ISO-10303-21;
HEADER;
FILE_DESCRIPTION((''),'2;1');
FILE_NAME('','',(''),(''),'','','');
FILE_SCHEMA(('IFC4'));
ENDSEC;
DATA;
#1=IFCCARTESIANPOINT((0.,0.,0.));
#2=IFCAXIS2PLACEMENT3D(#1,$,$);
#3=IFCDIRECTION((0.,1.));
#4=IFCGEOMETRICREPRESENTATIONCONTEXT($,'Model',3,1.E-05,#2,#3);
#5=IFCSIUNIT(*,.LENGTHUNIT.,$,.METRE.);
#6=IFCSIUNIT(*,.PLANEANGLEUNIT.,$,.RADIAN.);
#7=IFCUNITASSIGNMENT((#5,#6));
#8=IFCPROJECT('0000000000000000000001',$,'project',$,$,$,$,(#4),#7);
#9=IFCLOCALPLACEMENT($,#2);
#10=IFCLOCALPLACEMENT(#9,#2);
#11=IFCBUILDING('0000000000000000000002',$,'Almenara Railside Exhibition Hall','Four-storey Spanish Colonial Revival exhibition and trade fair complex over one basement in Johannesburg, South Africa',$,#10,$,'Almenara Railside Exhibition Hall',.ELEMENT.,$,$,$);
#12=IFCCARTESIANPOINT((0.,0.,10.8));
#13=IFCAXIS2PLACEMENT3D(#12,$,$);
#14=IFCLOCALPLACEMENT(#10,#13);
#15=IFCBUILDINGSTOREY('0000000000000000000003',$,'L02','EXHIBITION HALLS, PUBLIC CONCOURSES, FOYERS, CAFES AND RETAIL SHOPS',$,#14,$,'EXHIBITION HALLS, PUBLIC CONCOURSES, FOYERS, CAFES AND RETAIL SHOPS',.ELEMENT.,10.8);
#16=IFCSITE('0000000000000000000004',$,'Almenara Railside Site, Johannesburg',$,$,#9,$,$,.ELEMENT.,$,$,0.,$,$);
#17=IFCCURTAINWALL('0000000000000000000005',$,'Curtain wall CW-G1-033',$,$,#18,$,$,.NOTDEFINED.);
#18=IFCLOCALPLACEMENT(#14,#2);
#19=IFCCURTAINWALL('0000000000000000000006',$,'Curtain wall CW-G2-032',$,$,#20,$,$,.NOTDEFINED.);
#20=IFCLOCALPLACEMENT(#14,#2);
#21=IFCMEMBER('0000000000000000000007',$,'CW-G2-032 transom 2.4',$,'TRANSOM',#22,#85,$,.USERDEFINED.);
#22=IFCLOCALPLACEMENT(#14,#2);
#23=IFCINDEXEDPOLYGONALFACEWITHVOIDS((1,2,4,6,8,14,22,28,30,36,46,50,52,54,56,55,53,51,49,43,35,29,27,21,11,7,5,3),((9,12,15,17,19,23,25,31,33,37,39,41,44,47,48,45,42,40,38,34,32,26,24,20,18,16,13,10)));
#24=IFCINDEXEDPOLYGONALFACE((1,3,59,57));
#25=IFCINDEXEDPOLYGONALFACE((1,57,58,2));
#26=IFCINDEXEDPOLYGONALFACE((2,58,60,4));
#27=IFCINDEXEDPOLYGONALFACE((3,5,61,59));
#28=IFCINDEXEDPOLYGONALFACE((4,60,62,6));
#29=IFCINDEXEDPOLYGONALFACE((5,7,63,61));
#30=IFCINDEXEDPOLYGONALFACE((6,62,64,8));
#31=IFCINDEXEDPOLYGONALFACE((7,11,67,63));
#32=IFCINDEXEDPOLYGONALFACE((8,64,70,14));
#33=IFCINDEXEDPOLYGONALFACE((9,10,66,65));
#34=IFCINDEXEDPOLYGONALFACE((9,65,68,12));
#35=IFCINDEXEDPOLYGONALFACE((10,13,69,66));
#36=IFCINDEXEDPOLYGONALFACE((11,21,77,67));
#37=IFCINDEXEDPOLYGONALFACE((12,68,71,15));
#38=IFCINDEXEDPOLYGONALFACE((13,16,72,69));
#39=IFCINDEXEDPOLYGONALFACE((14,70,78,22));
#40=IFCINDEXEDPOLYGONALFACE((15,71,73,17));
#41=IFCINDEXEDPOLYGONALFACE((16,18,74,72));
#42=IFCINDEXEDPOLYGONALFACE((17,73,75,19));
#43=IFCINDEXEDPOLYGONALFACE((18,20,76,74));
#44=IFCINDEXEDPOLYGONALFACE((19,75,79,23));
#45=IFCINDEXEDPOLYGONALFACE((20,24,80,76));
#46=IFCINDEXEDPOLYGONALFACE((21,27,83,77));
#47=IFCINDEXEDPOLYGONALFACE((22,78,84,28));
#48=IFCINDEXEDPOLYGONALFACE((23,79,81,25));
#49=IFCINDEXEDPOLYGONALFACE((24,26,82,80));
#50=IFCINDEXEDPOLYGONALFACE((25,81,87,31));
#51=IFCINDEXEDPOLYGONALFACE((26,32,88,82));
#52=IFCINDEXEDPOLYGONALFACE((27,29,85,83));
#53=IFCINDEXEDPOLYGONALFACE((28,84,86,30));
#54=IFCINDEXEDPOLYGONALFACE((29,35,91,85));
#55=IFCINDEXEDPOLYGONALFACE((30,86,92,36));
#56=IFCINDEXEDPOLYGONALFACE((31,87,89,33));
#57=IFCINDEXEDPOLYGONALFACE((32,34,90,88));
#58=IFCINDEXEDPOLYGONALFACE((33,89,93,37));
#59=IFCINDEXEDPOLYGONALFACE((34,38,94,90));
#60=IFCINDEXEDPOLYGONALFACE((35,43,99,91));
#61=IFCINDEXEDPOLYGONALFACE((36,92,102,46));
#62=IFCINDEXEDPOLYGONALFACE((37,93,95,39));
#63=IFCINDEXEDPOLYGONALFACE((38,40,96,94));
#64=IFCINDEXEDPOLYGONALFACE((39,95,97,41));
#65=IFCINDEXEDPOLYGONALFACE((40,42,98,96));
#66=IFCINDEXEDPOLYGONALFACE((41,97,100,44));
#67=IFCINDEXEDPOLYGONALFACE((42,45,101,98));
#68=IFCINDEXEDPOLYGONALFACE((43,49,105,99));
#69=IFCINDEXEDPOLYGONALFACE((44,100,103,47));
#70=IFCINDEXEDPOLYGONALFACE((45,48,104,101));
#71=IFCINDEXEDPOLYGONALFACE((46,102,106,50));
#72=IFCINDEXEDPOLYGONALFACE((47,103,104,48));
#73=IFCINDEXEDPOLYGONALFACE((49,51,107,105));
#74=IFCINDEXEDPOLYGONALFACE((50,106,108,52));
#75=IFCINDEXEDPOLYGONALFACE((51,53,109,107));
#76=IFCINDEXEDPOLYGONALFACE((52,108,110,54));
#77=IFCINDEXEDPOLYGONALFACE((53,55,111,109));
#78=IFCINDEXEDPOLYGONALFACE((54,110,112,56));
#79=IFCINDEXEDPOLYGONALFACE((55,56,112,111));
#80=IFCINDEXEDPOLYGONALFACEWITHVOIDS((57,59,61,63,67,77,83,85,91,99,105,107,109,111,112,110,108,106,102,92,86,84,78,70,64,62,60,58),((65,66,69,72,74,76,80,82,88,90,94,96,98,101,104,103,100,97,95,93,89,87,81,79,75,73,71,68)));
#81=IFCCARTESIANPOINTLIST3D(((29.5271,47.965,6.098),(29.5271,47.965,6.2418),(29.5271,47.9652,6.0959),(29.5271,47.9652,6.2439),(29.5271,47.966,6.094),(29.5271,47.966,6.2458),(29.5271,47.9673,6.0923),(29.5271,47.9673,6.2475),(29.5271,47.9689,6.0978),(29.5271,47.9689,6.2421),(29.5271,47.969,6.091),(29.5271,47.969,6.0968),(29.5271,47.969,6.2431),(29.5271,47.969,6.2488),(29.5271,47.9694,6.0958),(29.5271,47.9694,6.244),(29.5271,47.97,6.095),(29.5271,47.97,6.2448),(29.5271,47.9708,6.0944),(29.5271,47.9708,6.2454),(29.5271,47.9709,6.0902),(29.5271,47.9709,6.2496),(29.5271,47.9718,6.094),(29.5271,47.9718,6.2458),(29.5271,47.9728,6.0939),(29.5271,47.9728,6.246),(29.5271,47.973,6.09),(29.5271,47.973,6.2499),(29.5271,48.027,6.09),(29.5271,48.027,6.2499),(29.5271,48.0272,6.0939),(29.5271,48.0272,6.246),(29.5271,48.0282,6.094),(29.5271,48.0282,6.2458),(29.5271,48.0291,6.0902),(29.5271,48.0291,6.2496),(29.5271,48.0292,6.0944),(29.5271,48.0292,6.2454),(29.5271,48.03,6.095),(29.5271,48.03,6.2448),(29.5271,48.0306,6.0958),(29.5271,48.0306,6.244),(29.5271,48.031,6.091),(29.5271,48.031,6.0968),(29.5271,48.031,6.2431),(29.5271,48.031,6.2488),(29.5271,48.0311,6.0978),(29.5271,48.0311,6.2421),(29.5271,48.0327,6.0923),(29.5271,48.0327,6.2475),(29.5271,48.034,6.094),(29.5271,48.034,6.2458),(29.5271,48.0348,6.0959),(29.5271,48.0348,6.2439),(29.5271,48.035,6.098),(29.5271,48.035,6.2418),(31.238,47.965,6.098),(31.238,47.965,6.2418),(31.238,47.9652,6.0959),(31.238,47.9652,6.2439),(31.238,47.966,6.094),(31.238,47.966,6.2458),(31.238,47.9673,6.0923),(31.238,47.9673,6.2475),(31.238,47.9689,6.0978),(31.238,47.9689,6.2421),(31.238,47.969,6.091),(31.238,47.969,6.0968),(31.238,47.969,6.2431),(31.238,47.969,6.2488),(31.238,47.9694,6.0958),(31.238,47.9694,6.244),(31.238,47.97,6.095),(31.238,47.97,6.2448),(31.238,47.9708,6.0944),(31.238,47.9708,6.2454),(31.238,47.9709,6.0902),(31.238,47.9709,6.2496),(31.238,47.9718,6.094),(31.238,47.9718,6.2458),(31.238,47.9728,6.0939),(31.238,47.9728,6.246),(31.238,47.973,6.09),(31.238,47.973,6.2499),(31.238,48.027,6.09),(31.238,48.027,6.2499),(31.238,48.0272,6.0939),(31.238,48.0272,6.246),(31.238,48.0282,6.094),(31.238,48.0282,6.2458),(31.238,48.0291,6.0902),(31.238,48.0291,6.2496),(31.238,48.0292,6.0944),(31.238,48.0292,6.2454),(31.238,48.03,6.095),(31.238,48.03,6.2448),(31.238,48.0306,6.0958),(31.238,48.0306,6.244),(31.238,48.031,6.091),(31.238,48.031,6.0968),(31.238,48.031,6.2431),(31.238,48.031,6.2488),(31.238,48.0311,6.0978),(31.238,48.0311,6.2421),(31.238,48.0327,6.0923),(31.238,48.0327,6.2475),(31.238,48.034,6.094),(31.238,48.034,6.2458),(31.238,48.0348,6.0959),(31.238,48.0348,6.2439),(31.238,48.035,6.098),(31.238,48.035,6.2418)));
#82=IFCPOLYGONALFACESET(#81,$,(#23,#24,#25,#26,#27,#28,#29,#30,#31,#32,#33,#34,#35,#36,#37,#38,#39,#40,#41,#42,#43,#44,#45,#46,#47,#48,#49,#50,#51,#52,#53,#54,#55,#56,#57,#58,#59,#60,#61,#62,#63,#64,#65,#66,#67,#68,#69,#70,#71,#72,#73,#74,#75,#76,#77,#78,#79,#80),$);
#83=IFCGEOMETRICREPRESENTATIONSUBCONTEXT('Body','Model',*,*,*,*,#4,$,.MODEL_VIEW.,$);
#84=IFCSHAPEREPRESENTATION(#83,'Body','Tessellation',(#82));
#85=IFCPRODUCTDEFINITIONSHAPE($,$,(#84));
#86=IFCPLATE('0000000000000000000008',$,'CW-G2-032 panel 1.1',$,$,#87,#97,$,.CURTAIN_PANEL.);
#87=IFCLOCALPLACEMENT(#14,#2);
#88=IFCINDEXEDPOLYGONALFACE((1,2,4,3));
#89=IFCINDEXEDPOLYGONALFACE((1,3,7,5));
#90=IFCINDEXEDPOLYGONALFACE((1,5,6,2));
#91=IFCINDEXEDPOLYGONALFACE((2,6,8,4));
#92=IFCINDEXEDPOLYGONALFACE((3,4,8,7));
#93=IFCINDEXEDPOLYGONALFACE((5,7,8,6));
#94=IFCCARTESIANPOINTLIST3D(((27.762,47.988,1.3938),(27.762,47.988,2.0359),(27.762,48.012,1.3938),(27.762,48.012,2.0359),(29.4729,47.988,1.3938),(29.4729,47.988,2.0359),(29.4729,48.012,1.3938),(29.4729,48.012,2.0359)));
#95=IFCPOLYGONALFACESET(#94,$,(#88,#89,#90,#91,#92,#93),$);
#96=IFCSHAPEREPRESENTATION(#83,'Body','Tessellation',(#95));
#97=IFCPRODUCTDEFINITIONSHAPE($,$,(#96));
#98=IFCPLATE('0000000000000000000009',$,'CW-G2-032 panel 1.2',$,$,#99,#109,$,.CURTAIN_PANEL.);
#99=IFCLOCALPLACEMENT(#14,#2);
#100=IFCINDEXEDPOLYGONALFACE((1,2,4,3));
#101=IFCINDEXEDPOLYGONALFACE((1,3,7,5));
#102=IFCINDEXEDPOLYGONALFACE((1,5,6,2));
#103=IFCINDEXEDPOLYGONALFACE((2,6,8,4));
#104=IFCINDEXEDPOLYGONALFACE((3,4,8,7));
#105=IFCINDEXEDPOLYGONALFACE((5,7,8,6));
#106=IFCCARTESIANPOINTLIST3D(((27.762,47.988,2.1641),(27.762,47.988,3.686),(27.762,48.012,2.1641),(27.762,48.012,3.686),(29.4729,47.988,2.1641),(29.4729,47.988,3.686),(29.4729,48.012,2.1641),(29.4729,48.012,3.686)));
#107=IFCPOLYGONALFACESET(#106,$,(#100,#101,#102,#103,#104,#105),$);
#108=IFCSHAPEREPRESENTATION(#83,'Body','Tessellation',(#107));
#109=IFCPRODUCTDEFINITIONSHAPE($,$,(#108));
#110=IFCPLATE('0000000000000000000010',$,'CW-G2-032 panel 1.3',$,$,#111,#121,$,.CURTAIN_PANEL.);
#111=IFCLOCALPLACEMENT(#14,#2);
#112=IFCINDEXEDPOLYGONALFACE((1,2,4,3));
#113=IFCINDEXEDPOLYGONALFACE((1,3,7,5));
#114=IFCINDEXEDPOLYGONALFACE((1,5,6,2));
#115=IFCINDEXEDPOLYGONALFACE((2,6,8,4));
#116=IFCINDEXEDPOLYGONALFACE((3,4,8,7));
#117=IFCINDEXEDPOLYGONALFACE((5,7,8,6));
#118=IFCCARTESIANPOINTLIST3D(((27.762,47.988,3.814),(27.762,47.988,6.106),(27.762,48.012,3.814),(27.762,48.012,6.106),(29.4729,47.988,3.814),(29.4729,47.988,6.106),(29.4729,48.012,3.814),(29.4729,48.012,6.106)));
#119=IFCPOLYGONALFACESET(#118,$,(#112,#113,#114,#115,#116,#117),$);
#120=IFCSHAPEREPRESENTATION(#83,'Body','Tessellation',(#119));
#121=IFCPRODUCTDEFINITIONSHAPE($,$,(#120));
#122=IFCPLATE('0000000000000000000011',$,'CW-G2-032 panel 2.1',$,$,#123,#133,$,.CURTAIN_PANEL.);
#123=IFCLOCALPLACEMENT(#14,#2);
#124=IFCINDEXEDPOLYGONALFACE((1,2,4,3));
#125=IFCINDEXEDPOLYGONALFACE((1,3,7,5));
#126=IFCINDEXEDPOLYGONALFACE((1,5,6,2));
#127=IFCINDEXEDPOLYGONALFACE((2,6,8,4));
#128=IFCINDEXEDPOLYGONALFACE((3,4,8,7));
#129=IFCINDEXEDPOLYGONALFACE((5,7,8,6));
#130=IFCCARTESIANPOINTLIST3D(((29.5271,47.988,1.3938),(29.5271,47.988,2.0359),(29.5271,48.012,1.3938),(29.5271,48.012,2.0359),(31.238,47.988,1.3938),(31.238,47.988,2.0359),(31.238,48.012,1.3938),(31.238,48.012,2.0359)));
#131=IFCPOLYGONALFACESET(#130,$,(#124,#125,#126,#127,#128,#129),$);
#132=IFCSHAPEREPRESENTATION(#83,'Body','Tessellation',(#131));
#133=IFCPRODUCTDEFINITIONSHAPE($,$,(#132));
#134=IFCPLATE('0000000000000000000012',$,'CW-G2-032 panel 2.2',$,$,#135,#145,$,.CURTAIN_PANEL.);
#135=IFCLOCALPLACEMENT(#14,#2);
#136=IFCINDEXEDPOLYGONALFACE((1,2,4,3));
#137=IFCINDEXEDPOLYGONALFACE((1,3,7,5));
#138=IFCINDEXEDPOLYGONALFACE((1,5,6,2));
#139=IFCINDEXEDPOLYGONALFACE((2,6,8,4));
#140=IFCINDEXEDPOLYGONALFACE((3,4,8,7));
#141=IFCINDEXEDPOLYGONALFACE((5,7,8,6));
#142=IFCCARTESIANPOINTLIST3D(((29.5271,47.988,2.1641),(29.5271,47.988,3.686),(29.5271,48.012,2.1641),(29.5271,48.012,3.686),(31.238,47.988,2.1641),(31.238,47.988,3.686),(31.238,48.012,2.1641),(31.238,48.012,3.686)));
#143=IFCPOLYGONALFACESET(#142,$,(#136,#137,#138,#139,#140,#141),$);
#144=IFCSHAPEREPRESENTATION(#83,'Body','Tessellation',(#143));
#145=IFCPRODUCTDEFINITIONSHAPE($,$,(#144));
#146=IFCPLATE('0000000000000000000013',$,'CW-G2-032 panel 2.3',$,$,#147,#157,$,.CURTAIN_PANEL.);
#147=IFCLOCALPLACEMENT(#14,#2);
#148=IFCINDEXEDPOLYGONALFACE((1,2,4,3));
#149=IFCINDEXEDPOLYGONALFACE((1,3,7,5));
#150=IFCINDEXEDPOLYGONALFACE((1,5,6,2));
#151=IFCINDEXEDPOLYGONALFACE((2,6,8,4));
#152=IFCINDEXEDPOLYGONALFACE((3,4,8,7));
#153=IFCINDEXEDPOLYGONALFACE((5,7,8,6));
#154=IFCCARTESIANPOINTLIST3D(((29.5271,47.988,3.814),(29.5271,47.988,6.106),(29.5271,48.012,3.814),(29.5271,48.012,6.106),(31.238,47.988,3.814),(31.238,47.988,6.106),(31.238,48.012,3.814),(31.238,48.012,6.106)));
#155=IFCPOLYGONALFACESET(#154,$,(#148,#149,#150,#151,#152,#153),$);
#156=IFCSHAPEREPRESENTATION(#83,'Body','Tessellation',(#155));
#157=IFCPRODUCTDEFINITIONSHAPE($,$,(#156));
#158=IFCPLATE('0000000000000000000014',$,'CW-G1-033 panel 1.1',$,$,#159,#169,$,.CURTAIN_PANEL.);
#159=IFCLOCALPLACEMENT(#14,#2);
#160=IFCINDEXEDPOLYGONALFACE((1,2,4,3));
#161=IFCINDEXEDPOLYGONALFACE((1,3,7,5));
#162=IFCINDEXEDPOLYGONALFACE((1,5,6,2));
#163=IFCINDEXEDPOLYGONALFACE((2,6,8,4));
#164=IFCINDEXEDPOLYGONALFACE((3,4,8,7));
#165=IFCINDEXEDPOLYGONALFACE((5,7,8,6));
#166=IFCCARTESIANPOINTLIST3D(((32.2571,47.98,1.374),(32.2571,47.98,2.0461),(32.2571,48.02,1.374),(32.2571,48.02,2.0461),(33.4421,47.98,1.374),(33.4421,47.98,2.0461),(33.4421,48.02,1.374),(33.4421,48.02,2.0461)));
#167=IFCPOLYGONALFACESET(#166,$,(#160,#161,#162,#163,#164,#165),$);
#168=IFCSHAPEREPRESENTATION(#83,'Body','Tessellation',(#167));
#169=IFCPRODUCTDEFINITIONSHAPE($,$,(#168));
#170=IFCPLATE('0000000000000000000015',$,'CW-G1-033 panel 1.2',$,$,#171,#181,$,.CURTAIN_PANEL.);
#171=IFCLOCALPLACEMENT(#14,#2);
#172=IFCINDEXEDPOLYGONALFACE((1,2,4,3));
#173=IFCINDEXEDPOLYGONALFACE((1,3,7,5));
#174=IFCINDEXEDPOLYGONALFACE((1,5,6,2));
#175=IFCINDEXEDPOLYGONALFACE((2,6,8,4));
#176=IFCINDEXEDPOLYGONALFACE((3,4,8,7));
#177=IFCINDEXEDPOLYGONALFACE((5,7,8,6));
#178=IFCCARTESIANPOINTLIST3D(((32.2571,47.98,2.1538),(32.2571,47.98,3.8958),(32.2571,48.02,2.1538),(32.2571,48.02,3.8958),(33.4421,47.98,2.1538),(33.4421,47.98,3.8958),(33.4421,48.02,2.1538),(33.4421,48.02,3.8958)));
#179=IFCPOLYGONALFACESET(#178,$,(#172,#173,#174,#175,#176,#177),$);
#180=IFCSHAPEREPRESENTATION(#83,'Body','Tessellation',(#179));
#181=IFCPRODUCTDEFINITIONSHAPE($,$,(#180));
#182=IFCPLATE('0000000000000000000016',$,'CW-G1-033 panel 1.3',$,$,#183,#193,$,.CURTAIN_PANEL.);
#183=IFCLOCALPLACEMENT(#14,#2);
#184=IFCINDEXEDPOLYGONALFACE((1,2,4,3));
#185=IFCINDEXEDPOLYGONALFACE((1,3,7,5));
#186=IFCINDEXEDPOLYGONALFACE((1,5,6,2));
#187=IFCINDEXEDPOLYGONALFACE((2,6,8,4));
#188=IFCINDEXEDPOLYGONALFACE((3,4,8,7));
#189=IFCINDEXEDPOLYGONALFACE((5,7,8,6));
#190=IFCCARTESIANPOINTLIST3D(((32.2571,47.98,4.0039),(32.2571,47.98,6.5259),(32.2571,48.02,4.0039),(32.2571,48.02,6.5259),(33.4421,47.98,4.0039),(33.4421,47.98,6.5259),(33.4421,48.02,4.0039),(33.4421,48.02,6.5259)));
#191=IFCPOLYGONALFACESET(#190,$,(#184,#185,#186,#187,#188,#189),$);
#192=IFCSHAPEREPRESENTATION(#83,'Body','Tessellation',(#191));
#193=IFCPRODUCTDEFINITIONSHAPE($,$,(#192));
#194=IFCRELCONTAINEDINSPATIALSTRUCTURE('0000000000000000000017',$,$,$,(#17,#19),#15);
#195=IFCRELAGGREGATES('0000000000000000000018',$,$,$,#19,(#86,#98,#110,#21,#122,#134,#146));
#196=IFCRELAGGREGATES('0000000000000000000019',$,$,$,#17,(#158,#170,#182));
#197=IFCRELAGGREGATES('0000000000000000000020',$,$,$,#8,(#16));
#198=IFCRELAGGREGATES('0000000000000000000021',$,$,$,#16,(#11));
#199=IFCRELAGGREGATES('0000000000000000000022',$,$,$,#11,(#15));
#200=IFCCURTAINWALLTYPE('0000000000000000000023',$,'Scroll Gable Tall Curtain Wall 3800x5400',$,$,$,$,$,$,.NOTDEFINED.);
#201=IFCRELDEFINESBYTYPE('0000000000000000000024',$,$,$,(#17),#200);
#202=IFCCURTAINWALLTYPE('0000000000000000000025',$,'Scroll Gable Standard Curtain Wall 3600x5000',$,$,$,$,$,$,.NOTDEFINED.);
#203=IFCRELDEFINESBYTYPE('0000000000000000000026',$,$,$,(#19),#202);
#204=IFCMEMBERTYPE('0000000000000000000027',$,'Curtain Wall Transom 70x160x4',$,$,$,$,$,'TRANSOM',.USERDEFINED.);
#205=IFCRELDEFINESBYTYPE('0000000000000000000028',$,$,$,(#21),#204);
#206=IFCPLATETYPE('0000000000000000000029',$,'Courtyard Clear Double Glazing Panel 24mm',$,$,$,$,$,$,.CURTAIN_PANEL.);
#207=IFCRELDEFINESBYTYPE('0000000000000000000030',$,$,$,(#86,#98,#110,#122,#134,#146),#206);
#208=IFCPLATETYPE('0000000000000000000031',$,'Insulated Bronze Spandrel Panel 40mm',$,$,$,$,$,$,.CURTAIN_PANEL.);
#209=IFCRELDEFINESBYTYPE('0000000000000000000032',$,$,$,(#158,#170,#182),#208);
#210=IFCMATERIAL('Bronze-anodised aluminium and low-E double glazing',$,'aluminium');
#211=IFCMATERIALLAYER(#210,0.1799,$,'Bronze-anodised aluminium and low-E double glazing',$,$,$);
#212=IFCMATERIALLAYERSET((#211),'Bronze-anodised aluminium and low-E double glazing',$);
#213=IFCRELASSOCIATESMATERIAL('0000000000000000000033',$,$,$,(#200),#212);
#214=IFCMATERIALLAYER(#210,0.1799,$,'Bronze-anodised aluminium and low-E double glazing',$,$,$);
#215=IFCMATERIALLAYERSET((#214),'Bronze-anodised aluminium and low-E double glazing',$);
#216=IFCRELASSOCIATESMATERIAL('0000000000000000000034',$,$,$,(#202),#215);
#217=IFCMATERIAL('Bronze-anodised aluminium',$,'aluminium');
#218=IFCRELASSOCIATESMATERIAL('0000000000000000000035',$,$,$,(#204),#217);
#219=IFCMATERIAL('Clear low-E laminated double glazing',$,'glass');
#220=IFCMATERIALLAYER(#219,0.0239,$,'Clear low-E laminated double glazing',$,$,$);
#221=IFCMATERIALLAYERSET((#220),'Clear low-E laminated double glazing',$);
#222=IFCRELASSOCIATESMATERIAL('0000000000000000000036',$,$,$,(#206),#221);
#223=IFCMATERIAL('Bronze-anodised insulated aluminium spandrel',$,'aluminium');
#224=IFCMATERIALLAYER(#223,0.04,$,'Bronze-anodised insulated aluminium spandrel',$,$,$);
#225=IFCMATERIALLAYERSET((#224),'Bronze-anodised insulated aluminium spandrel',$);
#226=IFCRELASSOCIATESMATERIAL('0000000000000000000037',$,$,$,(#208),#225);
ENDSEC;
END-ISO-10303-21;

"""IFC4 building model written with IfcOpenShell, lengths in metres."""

from ifc_helpers import new_model, si_unit, direction, frame, origin, origin_2d, place, context, subcontext, project, spatial, rectangle, hollow_rectangle, extrude, material, layer, layer_set, material_profile, profile_set, type_object, element, aggregate, save


model = new_model("IFC4")

# Units and contexts
model_context = context("Model", 3, precision=1e-05, world=origin(), true_north=direction((0.0, 1.0)))
body_context = subcontext(model_context, "Body", "Model", "MODEL_VIEW")
ifc_project = project(units=[si_unit("LENGTHUNIT", "METRE"), si_unit("PLANEANGLEUNIT", "RADIAN")], contexts=[model_context])

# Site, building, storey
site_placement = place(None, origin())
site = spatial("IfcSite", under=ifc_project, at=site_placement, Name="Almenara Railside Site, Johannesburg", CompositionType="ELEMENT", RefElevation=0.0)
building_placement = place(site_placement, origin())
building = spatial("IfcBuilding", under=site, at=building_placement, Name="Almenara Railside Exhibition Hall", Description="Four-storey Spanish Colonial Revival exhibition and trade fair complex over one basement in Johannesburg, South Africa", LongName="Almenara Railside Exhibition Hall", CompositionType="ELEMENT")
storey_placement = place(building_placement, frame((0.0, 0.0, 10.8)))
storey = spatial("IfcBuildingStorey", under=building, at=storey_placement, Name="L02", Description="EXHIBITION HALLS, PUBLIC CONCOURSES, FOYERS, CAFES AND RETAIL SHOPS", LongName="EXHIBITION HALLS, PUBLIC CONCOURSES, FOYERS, CAFES AND RETAIL SHOPS", CompositionType="ELEMENT", Elevation=10.8)

# Curtain walls
ifc_material_1 = material(Name="Bronze-anodised aluminium and low-E double glazing", Category="aluminium")
ifc_layer_1 = layer(ifc_material_1, 0.1799, Name="Bronze-anodised aluminium and low-E double glazing")
ifc_layer_set_1 = layer_set([ifc_layer_1], Name="Bronze-anodised aluminium and low-E double glazing")
curtain_wall_type_1 = type_object("IfcCurtainWallType", Name="Scroll Gable Tall Curtain Wall 3800x5400", PredefinedType="NOTDEFINED", material=ifc_layer_set_1)
curtain_wall_1_placement = place(storey_placement, origin())
curtain_wall_1 = element("IfcCurtainWall", 1, at=curtain_wall_1_placement, inside=storey, type_object=curtain_wall_type_1, Name="Curtain wall CW-G1-033", PredefinedType="NOTDEFINED")
ifc_material_2 = material(Name="Bronze-anodised aluminium", Category="aluminium")
ifc_layer_2 = layer(ifc_material_1, 0.1799, Name="Bronze-anodised aluminium and low-E double glazing")
ifc_layer_set_2 = layer_set([ifc_layer_2], Name="Bronze-anodised aluminium and low-E double glazing")
curtain_wall_type_2 = type_object("IfcCurtainWallType", Name="Scroll Gable Standard Curtain Wall 3600x5000", PredefinedType="NOTDEFINED", material=ifc_layer_set_2)
curtain_wall_2_placement = place(storey_placement, origin())
curtain_wall_2 = element("IfcCurtainWall", 2, at=curtain_wall_2_placement, inside=storey, type_object=curtain_wall_type_2, Name="Curtain wall CW-G2-032", PredefinedType="NOTDEFINED")

# Member
ifc_material_profile_1 = material_profile(ifc_material_2, hollow_rectangle(XDim=0.0701, YDim=0.1599, WallThickness=0.0039, InnerFilletRadius=0.0039, OuterFilletRadius=0.0081, at=origin_2d()), Name="ALU-TRN 70x160x4")
ifc_profile_set_1 = profile_set([ifc_material_profile_1], Name="Bronze-anodised aluminium")
member_type_1 = type_object("IfcMemberType", Name="Curtain Wall Transom 70x160x4", ElementType="TRANSOM", PredefinedType="USERDEFINED", material=ifc_profile_set_1)
member_1_placement = place(storey_placement, frame((29.5271, 48.0, 6.1699), z_axis=(1.0, 0.0, 0.0), x_axis=(0.0, 1.0, 0.0)))
member_1 = element("IfcMember", 3, at=member_1_placement, type_object=member_type_1, Name="CW-G2-032 transom 2.4", ObjectType="TRANSOM", PredefinedType="USERDEFINED", context=body_context, shape_type="SweptSolid", body=[
    extrude(hollow_rectangle(XDim=0.0701, YDim=0.1599, WallThickness=0.0039, InnerFilletRadius=0.0039, OuterFilletRadius=0.0081, at=origin_2d()), origin(), (0.0, 0.0, 1.0), 1.7109),
])

# Plates
ifc_material_3 = material(Name="Clear low-E laminated double glazing", Category="glass")
ifc_layer_3 = layer(ifc_material_3, 0.0239, Name="Clear low-E laminated double glazing")
ifc_layer_set_3 = layer_set([ifc_layer_3], Name="Clear low-E laminated double glazing")
plate_type_1 = type_object("IfcPlateType", Name="Courtyard Clear Double Glazing Panel 24mm", PredefinedType="CURTAIN_PANEL", material=ifc_layer_set_3)
plate_1_placement = place(storey_placement, frame((28.6174, 48.0, 1.3938), z_axis=(0.0, 0.0, 1.0), x_axis=(1.0, 0.0, 0.0)))
plate_1 = element("IfcPlate", 4, at=plate_1_placement, type_object=plate_type_1, Name="CW-G2-032 panel 1.1", PredefinedType="CURTAIN_PANEL", context=body_context, shape_type="SweptSolid", body=[
    extrude(rectangle(XDim=1.7109, YDim=0.0239, at=origin_2d()), origin(), (0.0, 0.0, 1.0), 0.6421),
])
plate_2_placement = place(storey_placement, frame((28.6174, 48.0, 2.1641), z_axis=(0.0, 0.0, 1.0), x_axis=(1.0, 0.0, 0.0)))
plate_2 = element("IfcPlate", 5, at=plate_2_placement, type_object=plate_type_1, Name="CW-G2-032 panel 1.2", PredefinedType="CURTAIN_PANEL", context=body_context, shape_type="SweptSolid", body=[
    extrude(rectangle(XDim=1.7109, YDim=0.0239, at=origin_2d()), origin(), (0.0, 0.0, 1.0), 1.522),
])
plate_3_placement = place(storey_placement, frame((28.6174, 48.0, 3.814), z_axis=(0.0, 0.0, 1.0), x_axis=(1.0, 0.0, 0.0)))
plate_3 = element("IfcPlate", 6, at=plate_3_placement, type_object=plate_type_1, Name="CW-G2-032 panel 1.3", PredefinedType="CURTAIN_PANEL", context=body_context, shape_type="SweptSolid", body=[
    extrude(rectangle(XDim=1.7109, YDim=0.0239, at=origin_2d()), origin(), (0.0, 0.0, 1.0), 2.292),
])
plate_4_placement = place(storey_placement, frame((30.3826, 48.0, 1.3938), z_axis=(0.0, 0.0, 1.0), x_axis=(1.0, 0.0, 0.0)))
plate_4 = element("IfcPlate", 7, at=plate_4_placement, type_object=plate_type_1, Name="CW-G2-032 panel 2.1", PredefinedType="CURTAIN_PANEL", context=body_context, shape_type="SweptSolid", body=[
    extrude(rectangle(XDim=1.7109, YDim=0.0239, at=origin_2d()), origin(), (0.0, 0.0, 1.0), 0.6421),
])
plate_5_placement = place(storey_placement, frame((30.3826, 48.0, 2.1641), z_axis=(0.0, 0.0, 1.0), x_axis=(1.0, 0.0, 0.0)))
plate_5 = element("IfcPlate", 8, at=plate_5_placement, type_object=plate_type_1, Name="CW-G2-032 panel 2.2", PredefinedType="CURTAIN_PANEL", context=body_context, shape_type="SweptSolid", body=[
    extrude(rectangle(XDim=1.7109, YDim=0.0239, at=origin_2d()), origin(), (0.0, 0.0, 1.0), 1.522),
])
plate_6_placement = place(storey_placement, frame((30.3826, 48.0, 3.814), z_axis=(0.0, 0.0, 1.0), x_axis=(1.0, 0.0, 0.0)))
plate_6 = element("IfcPlate", 9, at=plate_6_placement, type_object=plate_type_1, Name="CW-G2-032 panel 2.3", PredefinedType="CURTAIN_PANEL", context=body_context, shape_type="SweptSolid", body=[
    extrude(rectangle(XDim=1.7109, YDim=0.0239, at=origin_2d()), origin(), (0.0, 0.0, 1.0), 2.292),
])
aggregate(curtain_wall_2, [plate_1, plate_2, plate_3, member_1, plate_4, plate_5, plate_6])
ifc_material_4 = material(Name="Bronze-anodised insulated aluminium spandrel", Category="aluminium")
ifc_layer_4 = layer(ifc_material_4, 0.04, Name="Bronze-anodised insulated aluminium spandrel")
ifc_layer_set_4 = layer_set([ifc_layer_4], Name="Bronze-anodised insulated aluminium spandrel")
plate_type_2 = type_object("IfcPlateType", Name="Insulated Bronze Spandrel Panel 40mm", PredefinedType="CURTAIN_PANEL", material=ifc_layer_set_4)
plate_7_placement = place(storey_placement, frame((32.8496, 48.0, 1.374), z_axis=(0.0, 0.0, 1.0), x_axis=(1.0, 0.0, 0.0)))
plate_7 = element("IfcPlate", 10, at=plate_7_placement, type_object=plate_type_2, Name="CW-G1-033 panel 1.1", PredefinedType="CURTAIN_PANEL", context=body_context, shape_type="SweptSolid", body=[
    extrude(rectangle(XDim=1.1851, YDim=0.04, at=origin_2d()), origin(), (0.0, 0.0, 1.0), 0.6721),
])
plate_8_placement = place(storey_placement, frame((32.8496, 48.0, 2.1538), z_axis=(0.0, 0.0, 1.0), x_axis=(1.0, 0.0, 0.0)))
plate_8 = element("IfcPlate", 11, at=plate_8_placement, type_object=plate_type_2, Name="CW-G1-033 panel 1.2", PredefinedType="CURTAIN_PANEL", context=body_context, shape_type="SweptSolid", body=[
    extrude(rectangle(XDim=1.1851, YDim=0.04, at=origin_2d()), origin(), (0.0, 0.0, 1.0), 1.7419),
])
plate_9_placement = place(storey_placement, frame((32.8496, 48.0, 4.0039), z_axis=(0.0, 0.0, 1.0), x_axis=(1.0, 0.0, 0.0)))
plate_9 = element("IfcPlate", 12, at=plate_9_placement, type_object=plate_type_2, Name="CW-G1-033 panel 1.3", PredefinedType="CURTAIN_PANEL", context=body_context, shape_type="SweptSolid", body=[
    extrude(rectangle(XDim=1.1851, YDim=0.04, at=origin_2d()), origin(), (0.0, 0.0, 1.0), 2.522),
])
aggregate(curtain_wall_1, [plate_7, plate_8, plate_9])

save(model, "model.ifc")
